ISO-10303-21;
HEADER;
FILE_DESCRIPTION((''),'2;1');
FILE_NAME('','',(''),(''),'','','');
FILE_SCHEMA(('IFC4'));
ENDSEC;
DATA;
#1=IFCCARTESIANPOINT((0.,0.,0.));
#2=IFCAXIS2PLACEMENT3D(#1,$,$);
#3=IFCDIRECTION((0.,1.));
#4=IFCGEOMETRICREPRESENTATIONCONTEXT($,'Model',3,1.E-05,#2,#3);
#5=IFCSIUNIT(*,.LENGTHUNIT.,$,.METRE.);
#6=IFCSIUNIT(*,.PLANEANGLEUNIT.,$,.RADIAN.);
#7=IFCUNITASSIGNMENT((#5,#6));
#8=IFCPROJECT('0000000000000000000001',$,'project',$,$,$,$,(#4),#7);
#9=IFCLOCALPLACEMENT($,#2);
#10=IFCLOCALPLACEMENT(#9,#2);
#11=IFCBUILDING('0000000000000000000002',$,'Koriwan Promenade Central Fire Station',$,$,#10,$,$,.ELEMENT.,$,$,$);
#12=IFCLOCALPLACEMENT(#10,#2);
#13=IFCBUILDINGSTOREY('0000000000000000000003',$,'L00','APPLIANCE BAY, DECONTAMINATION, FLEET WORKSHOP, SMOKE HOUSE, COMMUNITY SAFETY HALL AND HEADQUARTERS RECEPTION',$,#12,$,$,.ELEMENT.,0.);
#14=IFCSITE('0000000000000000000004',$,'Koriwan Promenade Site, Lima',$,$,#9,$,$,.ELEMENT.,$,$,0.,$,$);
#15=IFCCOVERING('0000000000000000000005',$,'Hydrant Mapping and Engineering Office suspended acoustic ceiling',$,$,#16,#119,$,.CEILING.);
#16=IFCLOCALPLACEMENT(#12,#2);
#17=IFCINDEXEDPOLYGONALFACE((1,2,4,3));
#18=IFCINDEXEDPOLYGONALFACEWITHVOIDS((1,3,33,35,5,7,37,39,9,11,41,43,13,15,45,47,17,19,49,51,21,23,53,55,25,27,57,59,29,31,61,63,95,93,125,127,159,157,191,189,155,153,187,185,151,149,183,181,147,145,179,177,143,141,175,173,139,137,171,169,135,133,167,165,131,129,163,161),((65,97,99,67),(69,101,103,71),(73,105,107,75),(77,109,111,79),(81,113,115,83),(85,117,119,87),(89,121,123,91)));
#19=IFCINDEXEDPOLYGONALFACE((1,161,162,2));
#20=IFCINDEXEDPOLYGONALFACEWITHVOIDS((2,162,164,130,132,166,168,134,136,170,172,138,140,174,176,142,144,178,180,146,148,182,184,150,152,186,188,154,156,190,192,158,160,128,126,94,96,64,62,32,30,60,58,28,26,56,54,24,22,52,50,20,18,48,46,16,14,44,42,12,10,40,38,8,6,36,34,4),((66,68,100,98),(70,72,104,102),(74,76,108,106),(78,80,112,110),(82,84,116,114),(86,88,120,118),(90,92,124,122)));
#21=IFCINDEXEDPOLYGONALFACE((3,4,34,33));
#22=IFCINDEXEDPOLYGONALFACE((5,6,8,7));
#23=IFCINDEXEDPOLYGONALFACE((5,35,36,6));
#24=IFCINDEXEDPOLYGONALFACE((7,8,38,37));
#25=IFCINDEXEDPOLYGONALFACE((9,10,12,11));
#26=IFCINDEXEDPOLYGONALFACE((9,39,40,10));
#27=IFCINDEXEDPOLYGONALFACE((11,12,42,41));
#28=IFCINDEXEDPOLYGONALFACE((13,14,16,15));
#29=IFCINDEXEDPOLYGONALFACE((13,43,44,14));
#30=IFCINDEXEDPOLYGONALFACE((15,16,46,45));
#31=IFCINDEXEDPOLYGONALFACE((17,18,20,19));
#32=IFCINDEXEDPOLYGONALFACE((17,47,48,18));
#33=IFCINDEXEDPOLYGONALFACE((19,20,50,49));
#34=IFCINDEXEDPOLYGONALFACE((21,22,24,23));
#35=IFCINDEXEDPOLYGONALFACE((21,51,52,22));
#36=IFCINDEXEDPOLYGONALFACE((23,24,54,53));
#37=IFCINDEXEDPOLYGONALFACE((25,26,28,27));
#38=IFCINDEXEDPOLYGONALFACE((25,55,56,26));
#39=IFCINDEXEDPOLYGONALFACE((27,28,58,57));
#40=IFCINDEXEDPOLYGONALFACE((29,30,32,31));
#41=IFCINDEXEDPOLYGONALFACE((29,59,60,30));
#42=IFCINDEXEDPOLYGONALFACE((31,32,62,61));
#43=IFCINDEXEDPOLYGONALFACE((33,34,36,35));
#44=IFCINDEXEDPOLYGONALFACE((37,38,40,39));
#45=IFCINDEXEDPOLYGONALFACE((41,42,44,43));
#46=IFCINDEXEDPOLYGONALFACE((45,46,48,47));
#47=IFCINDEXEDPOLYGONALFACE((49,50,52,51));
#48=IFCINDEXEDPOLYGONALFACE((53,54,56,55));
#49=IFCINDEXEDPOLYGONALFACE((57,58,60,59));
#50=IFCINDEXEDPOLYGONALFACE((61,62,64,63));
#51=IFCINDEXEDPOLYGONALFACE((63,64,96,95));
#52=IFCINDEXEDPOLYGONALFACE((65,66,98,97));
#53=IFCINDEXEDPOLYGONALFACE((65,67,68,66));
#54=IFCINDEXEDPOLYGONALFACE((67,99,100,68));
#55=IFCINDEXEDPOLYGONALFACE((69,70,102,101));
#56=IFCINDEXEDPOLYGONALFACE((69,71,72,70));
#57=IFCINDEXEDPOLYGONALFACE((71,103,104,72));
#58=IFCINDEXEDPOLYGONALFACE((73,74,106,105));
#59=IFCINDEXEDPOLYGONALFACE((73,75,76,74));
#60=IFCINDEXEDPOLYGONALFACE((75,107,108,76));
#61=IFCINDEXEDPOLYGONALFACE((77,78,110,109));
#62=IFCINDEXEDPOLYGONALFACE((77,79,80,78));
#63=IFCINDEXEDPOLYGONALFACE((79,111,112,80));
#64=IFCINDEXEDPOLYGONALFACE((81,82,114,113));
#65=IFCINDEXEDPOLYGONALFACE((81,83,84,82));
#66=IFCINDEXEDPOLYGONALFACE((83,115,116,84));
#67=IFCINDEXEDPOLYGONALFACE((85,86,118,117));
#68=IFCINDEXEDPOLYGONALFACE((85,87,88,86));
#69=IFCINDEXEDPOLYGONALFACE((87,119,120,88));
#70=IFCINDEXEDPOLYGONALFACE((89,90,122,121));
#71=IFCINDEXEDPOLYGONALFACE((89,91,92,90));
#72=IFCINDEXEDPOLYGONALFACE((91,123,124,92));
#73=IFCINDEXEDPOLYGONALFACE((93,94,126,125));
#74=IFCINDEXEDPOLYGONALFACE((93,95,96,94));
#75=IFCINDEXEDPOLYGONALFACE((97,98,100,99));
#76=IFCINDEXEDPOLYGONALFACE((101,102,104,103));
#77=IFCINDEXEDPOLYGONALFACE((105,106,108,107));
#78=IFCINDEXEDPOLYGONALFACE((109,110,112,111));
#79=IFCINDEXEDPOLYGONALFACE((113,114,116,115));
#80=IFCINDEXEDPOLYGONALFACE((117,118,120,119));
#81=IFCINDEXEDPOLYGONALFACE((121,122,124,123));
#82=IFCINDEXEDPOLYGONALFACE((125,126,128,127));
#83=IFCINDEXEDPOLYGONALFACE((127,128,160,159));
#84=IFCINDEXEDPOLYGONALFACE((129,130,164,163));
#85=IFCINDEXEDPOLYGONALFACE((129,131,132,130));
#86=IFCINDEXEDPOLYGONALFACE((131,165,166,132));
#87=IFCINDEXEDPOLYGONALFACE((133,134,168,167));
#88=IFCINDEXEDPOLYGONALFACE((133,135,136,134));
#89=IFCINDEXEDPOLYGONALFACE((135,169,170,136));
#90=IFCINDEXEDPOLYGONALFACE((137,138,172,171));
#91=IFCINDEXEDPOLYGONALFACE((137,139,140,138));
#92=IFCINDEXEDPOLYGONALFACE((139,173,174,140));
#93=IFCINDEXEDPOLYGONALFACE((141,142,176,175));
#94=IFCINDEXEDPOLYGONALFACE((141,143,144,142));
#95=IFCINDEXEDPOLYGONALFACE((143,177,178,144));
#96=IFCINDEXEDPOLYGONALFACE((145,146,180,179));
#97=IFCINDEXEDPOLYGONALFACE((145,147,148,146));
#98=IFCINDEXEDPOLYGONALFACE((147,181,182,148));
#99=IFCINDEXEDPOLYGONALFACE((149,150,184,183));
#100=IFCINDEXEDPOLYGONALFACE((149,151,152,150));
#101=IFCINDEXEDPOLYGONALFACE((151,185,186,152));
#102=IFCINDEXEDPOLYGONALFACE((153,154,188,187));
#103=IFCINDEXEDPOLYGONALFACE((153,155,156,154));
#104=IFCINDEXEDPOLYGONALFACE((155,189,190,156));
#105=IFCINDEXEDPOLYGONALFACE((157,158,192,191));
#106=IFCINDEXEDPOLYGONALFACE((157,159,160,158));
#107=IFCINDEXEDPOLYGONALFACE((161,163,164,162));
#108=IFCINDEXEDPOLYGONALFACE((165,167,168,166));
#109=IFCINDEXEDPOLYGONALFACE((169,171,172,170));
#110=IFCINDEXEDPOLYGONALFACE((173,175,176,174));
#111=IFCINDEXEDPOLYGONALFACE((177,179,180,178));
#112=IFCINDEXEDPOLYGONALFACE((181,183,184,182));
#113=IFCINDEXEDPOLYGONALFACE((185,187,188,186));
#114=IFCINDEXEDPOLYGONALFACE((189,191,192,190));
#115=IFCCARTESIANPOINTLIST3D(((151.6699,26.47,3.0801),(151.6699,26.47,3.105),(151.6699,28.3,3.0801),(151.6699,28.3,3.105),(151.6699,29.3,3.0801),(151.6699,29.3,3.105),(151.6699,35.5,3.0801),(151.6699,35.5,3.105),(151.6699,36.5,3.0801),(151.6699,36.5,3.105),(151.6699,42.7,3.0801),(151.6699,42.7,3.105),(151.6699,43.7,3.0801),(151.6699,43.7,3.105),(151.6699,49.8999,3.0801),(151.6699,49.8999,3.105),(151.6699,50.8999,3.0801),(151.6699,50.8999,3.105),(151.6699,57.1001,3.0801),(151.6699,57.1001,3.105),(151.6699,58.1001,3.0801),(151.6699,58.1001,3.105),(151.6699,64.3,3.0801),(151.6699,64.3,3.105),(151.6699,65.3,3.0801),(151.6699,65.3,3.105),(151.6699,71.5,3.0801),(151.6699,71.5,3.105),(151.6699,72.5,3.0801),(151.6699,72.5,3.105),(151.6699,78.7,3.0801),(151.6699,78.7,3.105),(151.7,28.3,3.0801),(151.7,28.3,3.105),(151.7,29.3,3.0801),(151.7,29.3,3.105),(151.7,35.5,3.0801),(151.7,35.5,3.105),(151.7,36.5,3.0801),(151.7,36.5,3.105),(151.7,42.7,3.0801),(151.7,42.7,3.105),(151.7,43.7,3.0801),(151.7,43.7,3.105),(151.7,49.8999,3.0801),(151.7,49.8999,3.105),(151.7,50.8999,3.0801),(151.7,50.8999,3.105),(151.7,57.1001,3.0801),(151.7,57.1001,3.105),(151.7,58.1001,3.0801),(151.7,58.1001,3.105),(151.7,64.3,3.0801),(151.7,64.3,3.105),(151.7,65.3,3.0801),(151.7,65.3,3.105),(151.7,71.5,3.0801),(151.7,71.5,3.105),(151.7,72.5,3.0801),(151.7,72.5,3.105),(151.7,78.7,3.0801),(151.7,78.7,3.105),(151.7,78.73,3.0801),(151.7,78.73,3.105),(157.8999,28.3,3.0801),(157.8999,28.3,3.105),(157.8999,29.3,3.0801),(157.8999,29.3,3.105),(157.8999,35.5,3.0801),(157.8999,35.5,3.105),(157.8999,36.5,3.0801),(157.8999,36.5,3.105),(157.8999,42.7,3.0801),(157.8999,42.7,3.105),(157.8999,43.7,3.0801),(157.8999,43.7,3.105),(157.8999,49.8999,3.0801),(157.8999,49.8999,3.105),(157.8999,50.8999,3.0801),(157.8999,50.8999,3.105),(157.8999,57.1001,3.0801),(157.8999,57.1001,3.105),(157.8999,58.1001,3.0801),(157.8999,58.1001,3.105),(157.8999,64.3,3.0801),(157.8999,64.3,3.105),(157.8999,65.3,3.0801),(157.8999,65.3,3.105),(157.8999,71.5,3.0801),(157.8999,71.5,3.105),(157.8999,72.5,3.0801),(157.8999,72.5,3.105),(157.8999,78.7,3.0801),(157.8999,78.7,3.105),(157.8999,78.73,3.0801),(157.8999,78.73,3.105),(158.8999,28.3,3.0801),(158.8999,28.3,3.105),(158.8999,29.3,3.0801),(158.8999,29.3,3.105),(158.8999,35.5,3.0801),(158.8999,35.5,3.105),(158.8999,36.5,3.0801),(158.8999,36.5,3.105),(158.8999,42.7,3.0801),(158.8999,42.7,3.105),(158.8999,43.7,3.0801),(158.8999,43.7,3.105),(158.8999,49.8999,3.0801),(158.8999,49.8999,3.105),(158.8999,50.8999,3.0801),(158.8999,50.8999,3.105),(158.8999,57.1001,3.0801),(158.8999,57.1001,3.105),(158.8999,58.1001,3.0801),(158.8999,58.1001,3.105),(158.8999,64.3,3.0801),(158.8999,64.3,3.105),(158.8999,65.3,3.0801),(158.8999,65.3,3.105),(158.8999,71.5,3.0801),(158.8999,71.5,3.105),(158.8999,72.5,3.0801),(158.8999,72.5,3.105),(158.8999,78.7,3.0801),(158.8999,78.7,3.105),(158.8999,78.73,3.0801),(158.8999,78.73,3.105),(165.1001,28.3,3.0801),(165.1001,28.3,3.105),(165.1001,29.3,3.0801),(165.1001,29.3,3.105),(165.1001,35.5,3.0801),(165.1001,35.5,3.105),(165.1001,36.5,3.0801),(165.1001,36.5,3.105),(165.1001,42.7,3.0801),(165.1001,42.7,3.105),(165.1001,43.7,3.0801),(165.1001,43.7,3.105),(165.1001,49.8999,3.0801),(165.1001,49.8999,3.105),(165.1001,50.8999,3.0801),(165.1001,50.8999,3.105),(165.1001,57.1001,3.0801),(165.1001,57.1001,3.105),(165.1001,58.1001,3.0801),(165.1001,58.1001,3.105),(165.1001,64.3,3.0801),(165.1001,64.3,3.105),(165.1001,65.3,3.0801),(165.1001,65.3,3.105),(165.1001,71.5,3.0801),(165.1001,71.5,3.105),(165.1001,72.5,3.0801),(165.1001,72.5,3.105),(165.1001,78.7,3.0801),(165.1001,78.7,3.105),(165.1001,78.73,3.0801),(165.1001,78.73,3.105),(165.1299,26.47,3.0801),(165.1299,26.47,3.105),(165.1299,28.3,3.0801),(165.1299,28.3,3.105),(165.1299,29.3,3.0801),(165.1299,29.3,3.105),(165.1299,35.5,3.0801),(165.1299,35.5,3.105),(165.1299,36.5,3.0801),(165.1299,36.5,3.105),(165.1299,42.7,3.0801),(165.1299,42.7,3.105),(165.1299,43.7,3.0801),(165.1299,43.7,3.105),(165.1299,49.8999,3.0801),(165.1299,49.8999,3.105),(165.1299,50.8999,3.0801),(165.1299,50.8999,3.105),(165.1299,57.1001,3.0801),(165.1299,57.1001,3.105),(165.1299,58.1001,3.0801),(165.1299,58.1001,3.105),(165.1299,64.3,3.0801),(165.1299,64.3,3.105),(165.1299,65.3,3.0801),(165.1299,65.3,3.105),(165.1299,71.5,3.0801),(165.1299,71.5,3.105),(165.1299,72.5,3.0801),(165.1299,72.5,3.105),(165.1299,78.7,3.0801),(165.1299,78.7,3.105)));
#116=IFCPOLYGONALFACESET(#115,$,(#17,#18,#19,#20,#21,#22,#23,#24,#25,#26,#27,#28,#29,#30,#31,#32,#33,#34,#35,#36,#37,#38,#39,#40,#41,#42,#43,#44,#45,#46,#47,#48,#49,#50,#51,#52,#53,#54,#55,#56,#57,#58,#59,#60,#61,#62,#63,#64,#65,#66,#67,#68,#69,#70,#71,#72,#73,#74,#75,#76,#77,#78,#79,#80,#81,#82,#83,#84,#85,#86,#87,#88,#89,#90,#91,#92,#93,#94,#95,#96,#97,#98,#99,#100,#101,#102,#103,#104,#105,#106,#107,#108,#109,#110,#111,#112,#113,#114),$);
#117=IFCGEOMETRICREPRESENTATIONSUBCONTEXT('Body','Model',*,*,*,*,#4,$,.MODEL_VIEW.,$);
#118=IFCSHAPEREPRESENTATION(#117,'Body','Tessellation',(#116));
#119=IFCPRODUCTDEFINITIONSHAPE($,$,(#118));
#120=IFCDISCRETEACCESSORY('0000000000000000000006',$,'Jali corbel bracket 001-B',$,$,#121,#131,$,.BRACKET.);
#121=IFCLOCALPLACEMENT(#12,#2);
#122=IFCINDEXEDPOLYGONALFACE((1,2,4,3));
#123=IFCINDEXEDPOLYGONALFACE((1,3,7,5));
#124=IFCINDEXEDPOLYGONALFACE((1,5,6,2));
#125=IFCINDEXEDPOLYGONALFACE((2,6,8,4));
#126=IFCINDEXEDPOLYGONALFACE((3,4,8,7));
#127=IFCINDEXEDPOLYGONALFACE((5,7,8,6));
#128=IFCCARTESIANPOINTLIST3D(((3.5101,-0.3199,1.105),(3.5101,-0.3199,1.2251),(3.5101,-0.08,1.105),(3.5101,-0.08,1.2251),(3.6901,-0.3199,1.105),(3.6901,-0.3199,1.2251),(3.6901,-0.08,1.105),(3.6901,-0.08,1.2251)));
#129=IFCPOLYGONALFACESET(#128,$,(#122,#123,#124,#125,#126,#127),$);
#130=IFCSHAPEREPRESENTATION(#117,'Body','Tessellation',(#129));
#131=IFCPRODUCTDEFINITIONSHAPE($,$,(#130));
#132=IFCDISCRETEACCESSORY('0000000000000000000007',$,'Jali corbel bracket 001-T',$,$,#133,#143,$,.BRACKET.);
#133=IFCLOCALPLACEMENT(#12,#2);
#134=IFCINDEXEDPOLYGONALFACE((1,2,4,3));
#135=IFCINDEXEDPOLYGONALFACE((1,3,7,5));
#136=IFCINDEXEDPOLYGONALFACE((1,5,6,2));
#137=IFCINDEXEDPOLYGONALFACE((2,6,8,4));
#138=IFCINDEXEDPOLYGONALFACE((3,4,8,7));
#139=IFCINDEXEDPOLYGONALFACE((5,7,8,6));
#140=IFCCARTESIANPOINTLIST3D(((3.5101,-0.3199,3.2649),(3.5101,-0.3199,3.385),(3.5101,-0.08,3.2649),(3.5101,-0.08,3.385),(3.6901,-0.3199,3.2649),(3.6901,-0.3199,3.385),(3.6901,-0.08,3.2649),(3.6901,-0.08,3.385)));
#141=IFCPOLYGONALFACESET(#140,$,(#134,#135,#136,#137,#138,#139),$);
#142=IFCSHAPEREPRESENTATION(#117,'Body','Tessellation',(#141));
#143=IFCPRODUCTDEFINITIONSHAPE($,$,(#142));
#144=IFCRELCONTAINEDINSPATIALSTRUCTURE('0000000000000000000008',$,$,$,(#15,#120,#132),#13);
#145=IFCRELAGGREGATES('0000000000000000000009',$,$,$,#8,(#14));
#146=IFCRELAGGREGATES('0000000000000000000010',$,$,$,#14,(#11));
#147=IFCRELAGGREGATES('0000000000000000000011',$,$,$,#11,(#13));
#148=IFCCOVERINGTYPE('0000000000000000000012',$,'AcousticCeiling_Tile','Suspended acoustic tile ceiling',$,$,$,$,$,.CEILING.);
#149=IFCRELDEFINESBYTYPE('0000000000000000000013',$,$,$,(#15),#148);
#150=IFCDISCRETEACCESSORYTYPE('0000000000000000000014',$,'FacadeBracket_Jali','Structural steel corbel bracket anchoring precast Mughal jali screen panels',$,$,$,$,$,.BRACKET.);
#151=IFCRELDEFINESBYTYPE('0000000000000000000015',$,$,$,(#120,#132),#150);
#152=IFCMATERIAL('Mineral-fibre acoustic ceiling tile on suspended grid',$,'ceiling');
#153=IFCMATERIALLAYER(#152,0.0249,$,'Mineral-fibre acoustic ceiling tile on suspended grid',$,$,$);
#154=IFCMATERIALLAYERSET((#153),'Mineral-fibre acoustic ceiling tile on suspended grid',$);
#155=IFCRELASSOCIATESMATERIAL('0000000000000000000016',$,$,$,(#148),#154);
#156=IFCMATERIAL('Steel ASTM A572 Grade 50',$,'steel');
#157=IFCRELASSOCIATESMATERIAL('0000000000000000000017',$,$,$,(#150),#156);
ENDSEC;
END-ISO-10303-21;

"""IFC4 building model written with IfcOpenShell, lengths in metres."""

from ifc_helpers import new_model, si_unit, direction, frame, origin, origin_2d, place, context, subcontext, project, spatial, polyline, rectangle, outline, extrude, material, layer, layer_set, type_object, element, save


model = new_model("IFC4")

# Units and contexts
model_context = context("Model", 3, precision=1e-05, world=origin(), true_north=direction((0.0, 1.0)))
body_context = subcontext(model_context, "Body", "Model", "MODEL_VIEW")
ifc_project = project(units=[si_unit("LENGTHUNIT", "METRE"), si_unit("PLANEANGLEUNIT", "RADIAN")], contexts=[model_context])

# Site, building, storey
site_placement = place(None, origin())
site = spatial("IfcSite", under=ifc_project, at=site_placement, Name="Koriwan Promenade Site, Lima", CompositionType="ELEMENT", RefElevation=0.0)
building_placement = place(site_placement, origin())
building = spatial("IfcBuilding", under=site, at=building_placement, Name="Koriwan Promenade Central Fire Station", CompositionType="ELEMENT")
storey_placement = place(building_placement, origin())
storey = spatial("IfcBuildingStorey", under=building, at=storey_placement, Name="L00", Description="APPLIANCE BAY, DECONTAMINATION, FLEET WORKSHOP, SMOKE HOUSE, COMMUNITY SAFETY HALL AND HEADQUARTERS RECEPTION", CompositionType="ELEMENT", Elevation=0.0)

# Covering
ifc_material_1 = material(Name="Mineral-fibre acoustic ceiling tile on suspended grid", Category="ceiling")
ifc_layer_1 = layer(ifc_material_1, 0.0249, Name="Mineral-fibre acoustic ceiling tile on suspended grid")
ifc_layer_set_1 = layer_set([ifc_layer_1], Name="Mineral-fibre acoustic ceiling tile on suspended grid")
covering_type = type_object("IfcCoveringType", Name="AcousticCeiling_Tile", Description="Suspended acoustic tile ceiling", PredefinedType="CEILING", material=ifc_layer_set_1)
covering_1_placement = place(storey_placement, frame((0.0, 0.0, 3.0801)))
element("IfcCovering", 1, at=covering_1_placement, inside=storey, type_object=covering_type, Name="Hydrant Mapping and Engineering Office suspended acoustic ceiling", PredefinedType="CEILING", context=body_context, shape_type="SweptSolid", body=[
    extrude(outline(polyline([(165.1299, 78.7), (165.1299, 72.5), (165.1001, 72.5), (165.1001, 71.5), (165.1299, 71.5), (165.1299, 65.3), (165.1001, 65.3), (165.1001, 64.3), (165.1299, 64.3), (165.1299, 58.1001), (165.1001, 58.1001), (165.1001, 57.1001), (165.1299, 57.1001), (165.1299, 50.8999), (165.1001, 50.8999), (165.1001, 49.8999), (165.1299, 49.8999), (165.1299, 43.7), (165.1001, 43.7), (165.1001, 42.7), (165.1299, 42.7), (165.1299, 36.5), (165.1001, 36.5), (165.1001, 35.5), (165.1299, 35.5), (165.1299, 29.3), (165.1001, 29.3), (165.1001, 28.3), (165.1299, 28.3), (165.1299, 26.47), (151.6699, 26.47), (151.6699, 28.3), (151.7, 28.3), (151.7, 29.3), (151.6699, 29.3), (151.6699, 35.5), (151.7, 35.5), (151.7, 36.5), (151.6699, 36.5), (151.6699, 42.7), (151.7, 42.7), (151.7, 43.7), (151.6699, 43.7), (151.6699, 49.8999), (151.7, 49.8999), (151.7, 50.8999), (151.6699, 50.8999), (151.6699, 57.1001), (151.7, 57.1001), (151.7, 58.1001), (151.6699, 58.1001), (151.6699, 64.3), (151.7, 64.3), (151.7, 65.3), (151.6699, 65.3), (151.6699, 71.5), (151.7, 71.5), (151.7, 72.5), (151.6699, 72.5), (151.6699, 78.7), (151.7, 78.7), (151.7, 78.73), (157.8999, 78.73), (157.8999, 78.7), (158.8999, 78.7), (158.8999, 78.73), (165.1001, 78.73), (165.1001, 78.7), (165.1299, 78.7)]), holes=[polyline([(158.8999, 28.3), (158.8999, 29.3), (157.8999, 29.3), (157.8999, 28.3), (158.8999, 28.3)]), polyline([(157.8999, 35.5), (158.8999, 35.5), (158.8999, 36.5), (157.8999, 36.5), (157.8999, 35.5)]), polyline([(157.8999, 43.7), (157.8999, 42.7), (158.8999, 42.7), (158.8999, 43.7), (157.8999, 43.7)]), polyline([(158.8999, 50.8999), (157.8999, 50.8999), (157.8999, 49.8999), (158.8999, 49.8999), (158.8999, 50.8999)]), polyline([(158.8999, 57.1001), (158.8999, 58.1001), (157.8999, 58.1001), (157.8999, 57.1001), (158.8999, 57.1001)]), polyline([(157.8999, 64.3), (158.8999, 64.3), (158.8999, 65.3), (157.8999, 65.3), (157.8999, 64.3)]), polyline([(157.8999, 72.5), (157.8999, 71.5), (158.8999, 71.5), (158.8999, 72.5), (157.8999, 72.5)])]), origin(), (0.0, 0.0, 1.0), 0.0249),
])

# Discrete accessories
ifc_material_2 = material(Name="Steel ASTM A572 Grade 50", Category="steel")
discrete_accessory_type = type_object("IfcDiscreteAccessoryType", Name="FacadeBracket_Jali", Description="Structural steel corbel bracket anchoring precast Mughal jali screen panels", PredefinedType="BRACKET", material=ifc_material_2)
for number, where, z_axis, x_axis, name in (
    (2, (3.6001, -0.2, 1.105), (0.0, 0.0, 1.0), (0.0, -1.0, 0.0), "Jali corbel bracket 001-B"),
    (3, (3.6001, -0.2, 3.2649), (0.0, 0.0, 1.0), (0.0, -1.0, 0.0), "Jali corbel bracket 001-T"),
):
    element("IfcDiscreteAccessory", number, at=place(storey_placement, frame(where, z_axis=z_axis, x_axis=x_axis)), inside=storey, type_object=discrete_accessory_type, Name=name, PredefinedType="BRACKET", context=body_context, shape_type="SweptSolid", body=[
        extrude(rectangle(XDim=0.24, YDim=0.1799, at=origin_2d()), origin(), (0.0, 0.0, 1.0), 0.1201),
    ])

save(model, "model.ifc")
